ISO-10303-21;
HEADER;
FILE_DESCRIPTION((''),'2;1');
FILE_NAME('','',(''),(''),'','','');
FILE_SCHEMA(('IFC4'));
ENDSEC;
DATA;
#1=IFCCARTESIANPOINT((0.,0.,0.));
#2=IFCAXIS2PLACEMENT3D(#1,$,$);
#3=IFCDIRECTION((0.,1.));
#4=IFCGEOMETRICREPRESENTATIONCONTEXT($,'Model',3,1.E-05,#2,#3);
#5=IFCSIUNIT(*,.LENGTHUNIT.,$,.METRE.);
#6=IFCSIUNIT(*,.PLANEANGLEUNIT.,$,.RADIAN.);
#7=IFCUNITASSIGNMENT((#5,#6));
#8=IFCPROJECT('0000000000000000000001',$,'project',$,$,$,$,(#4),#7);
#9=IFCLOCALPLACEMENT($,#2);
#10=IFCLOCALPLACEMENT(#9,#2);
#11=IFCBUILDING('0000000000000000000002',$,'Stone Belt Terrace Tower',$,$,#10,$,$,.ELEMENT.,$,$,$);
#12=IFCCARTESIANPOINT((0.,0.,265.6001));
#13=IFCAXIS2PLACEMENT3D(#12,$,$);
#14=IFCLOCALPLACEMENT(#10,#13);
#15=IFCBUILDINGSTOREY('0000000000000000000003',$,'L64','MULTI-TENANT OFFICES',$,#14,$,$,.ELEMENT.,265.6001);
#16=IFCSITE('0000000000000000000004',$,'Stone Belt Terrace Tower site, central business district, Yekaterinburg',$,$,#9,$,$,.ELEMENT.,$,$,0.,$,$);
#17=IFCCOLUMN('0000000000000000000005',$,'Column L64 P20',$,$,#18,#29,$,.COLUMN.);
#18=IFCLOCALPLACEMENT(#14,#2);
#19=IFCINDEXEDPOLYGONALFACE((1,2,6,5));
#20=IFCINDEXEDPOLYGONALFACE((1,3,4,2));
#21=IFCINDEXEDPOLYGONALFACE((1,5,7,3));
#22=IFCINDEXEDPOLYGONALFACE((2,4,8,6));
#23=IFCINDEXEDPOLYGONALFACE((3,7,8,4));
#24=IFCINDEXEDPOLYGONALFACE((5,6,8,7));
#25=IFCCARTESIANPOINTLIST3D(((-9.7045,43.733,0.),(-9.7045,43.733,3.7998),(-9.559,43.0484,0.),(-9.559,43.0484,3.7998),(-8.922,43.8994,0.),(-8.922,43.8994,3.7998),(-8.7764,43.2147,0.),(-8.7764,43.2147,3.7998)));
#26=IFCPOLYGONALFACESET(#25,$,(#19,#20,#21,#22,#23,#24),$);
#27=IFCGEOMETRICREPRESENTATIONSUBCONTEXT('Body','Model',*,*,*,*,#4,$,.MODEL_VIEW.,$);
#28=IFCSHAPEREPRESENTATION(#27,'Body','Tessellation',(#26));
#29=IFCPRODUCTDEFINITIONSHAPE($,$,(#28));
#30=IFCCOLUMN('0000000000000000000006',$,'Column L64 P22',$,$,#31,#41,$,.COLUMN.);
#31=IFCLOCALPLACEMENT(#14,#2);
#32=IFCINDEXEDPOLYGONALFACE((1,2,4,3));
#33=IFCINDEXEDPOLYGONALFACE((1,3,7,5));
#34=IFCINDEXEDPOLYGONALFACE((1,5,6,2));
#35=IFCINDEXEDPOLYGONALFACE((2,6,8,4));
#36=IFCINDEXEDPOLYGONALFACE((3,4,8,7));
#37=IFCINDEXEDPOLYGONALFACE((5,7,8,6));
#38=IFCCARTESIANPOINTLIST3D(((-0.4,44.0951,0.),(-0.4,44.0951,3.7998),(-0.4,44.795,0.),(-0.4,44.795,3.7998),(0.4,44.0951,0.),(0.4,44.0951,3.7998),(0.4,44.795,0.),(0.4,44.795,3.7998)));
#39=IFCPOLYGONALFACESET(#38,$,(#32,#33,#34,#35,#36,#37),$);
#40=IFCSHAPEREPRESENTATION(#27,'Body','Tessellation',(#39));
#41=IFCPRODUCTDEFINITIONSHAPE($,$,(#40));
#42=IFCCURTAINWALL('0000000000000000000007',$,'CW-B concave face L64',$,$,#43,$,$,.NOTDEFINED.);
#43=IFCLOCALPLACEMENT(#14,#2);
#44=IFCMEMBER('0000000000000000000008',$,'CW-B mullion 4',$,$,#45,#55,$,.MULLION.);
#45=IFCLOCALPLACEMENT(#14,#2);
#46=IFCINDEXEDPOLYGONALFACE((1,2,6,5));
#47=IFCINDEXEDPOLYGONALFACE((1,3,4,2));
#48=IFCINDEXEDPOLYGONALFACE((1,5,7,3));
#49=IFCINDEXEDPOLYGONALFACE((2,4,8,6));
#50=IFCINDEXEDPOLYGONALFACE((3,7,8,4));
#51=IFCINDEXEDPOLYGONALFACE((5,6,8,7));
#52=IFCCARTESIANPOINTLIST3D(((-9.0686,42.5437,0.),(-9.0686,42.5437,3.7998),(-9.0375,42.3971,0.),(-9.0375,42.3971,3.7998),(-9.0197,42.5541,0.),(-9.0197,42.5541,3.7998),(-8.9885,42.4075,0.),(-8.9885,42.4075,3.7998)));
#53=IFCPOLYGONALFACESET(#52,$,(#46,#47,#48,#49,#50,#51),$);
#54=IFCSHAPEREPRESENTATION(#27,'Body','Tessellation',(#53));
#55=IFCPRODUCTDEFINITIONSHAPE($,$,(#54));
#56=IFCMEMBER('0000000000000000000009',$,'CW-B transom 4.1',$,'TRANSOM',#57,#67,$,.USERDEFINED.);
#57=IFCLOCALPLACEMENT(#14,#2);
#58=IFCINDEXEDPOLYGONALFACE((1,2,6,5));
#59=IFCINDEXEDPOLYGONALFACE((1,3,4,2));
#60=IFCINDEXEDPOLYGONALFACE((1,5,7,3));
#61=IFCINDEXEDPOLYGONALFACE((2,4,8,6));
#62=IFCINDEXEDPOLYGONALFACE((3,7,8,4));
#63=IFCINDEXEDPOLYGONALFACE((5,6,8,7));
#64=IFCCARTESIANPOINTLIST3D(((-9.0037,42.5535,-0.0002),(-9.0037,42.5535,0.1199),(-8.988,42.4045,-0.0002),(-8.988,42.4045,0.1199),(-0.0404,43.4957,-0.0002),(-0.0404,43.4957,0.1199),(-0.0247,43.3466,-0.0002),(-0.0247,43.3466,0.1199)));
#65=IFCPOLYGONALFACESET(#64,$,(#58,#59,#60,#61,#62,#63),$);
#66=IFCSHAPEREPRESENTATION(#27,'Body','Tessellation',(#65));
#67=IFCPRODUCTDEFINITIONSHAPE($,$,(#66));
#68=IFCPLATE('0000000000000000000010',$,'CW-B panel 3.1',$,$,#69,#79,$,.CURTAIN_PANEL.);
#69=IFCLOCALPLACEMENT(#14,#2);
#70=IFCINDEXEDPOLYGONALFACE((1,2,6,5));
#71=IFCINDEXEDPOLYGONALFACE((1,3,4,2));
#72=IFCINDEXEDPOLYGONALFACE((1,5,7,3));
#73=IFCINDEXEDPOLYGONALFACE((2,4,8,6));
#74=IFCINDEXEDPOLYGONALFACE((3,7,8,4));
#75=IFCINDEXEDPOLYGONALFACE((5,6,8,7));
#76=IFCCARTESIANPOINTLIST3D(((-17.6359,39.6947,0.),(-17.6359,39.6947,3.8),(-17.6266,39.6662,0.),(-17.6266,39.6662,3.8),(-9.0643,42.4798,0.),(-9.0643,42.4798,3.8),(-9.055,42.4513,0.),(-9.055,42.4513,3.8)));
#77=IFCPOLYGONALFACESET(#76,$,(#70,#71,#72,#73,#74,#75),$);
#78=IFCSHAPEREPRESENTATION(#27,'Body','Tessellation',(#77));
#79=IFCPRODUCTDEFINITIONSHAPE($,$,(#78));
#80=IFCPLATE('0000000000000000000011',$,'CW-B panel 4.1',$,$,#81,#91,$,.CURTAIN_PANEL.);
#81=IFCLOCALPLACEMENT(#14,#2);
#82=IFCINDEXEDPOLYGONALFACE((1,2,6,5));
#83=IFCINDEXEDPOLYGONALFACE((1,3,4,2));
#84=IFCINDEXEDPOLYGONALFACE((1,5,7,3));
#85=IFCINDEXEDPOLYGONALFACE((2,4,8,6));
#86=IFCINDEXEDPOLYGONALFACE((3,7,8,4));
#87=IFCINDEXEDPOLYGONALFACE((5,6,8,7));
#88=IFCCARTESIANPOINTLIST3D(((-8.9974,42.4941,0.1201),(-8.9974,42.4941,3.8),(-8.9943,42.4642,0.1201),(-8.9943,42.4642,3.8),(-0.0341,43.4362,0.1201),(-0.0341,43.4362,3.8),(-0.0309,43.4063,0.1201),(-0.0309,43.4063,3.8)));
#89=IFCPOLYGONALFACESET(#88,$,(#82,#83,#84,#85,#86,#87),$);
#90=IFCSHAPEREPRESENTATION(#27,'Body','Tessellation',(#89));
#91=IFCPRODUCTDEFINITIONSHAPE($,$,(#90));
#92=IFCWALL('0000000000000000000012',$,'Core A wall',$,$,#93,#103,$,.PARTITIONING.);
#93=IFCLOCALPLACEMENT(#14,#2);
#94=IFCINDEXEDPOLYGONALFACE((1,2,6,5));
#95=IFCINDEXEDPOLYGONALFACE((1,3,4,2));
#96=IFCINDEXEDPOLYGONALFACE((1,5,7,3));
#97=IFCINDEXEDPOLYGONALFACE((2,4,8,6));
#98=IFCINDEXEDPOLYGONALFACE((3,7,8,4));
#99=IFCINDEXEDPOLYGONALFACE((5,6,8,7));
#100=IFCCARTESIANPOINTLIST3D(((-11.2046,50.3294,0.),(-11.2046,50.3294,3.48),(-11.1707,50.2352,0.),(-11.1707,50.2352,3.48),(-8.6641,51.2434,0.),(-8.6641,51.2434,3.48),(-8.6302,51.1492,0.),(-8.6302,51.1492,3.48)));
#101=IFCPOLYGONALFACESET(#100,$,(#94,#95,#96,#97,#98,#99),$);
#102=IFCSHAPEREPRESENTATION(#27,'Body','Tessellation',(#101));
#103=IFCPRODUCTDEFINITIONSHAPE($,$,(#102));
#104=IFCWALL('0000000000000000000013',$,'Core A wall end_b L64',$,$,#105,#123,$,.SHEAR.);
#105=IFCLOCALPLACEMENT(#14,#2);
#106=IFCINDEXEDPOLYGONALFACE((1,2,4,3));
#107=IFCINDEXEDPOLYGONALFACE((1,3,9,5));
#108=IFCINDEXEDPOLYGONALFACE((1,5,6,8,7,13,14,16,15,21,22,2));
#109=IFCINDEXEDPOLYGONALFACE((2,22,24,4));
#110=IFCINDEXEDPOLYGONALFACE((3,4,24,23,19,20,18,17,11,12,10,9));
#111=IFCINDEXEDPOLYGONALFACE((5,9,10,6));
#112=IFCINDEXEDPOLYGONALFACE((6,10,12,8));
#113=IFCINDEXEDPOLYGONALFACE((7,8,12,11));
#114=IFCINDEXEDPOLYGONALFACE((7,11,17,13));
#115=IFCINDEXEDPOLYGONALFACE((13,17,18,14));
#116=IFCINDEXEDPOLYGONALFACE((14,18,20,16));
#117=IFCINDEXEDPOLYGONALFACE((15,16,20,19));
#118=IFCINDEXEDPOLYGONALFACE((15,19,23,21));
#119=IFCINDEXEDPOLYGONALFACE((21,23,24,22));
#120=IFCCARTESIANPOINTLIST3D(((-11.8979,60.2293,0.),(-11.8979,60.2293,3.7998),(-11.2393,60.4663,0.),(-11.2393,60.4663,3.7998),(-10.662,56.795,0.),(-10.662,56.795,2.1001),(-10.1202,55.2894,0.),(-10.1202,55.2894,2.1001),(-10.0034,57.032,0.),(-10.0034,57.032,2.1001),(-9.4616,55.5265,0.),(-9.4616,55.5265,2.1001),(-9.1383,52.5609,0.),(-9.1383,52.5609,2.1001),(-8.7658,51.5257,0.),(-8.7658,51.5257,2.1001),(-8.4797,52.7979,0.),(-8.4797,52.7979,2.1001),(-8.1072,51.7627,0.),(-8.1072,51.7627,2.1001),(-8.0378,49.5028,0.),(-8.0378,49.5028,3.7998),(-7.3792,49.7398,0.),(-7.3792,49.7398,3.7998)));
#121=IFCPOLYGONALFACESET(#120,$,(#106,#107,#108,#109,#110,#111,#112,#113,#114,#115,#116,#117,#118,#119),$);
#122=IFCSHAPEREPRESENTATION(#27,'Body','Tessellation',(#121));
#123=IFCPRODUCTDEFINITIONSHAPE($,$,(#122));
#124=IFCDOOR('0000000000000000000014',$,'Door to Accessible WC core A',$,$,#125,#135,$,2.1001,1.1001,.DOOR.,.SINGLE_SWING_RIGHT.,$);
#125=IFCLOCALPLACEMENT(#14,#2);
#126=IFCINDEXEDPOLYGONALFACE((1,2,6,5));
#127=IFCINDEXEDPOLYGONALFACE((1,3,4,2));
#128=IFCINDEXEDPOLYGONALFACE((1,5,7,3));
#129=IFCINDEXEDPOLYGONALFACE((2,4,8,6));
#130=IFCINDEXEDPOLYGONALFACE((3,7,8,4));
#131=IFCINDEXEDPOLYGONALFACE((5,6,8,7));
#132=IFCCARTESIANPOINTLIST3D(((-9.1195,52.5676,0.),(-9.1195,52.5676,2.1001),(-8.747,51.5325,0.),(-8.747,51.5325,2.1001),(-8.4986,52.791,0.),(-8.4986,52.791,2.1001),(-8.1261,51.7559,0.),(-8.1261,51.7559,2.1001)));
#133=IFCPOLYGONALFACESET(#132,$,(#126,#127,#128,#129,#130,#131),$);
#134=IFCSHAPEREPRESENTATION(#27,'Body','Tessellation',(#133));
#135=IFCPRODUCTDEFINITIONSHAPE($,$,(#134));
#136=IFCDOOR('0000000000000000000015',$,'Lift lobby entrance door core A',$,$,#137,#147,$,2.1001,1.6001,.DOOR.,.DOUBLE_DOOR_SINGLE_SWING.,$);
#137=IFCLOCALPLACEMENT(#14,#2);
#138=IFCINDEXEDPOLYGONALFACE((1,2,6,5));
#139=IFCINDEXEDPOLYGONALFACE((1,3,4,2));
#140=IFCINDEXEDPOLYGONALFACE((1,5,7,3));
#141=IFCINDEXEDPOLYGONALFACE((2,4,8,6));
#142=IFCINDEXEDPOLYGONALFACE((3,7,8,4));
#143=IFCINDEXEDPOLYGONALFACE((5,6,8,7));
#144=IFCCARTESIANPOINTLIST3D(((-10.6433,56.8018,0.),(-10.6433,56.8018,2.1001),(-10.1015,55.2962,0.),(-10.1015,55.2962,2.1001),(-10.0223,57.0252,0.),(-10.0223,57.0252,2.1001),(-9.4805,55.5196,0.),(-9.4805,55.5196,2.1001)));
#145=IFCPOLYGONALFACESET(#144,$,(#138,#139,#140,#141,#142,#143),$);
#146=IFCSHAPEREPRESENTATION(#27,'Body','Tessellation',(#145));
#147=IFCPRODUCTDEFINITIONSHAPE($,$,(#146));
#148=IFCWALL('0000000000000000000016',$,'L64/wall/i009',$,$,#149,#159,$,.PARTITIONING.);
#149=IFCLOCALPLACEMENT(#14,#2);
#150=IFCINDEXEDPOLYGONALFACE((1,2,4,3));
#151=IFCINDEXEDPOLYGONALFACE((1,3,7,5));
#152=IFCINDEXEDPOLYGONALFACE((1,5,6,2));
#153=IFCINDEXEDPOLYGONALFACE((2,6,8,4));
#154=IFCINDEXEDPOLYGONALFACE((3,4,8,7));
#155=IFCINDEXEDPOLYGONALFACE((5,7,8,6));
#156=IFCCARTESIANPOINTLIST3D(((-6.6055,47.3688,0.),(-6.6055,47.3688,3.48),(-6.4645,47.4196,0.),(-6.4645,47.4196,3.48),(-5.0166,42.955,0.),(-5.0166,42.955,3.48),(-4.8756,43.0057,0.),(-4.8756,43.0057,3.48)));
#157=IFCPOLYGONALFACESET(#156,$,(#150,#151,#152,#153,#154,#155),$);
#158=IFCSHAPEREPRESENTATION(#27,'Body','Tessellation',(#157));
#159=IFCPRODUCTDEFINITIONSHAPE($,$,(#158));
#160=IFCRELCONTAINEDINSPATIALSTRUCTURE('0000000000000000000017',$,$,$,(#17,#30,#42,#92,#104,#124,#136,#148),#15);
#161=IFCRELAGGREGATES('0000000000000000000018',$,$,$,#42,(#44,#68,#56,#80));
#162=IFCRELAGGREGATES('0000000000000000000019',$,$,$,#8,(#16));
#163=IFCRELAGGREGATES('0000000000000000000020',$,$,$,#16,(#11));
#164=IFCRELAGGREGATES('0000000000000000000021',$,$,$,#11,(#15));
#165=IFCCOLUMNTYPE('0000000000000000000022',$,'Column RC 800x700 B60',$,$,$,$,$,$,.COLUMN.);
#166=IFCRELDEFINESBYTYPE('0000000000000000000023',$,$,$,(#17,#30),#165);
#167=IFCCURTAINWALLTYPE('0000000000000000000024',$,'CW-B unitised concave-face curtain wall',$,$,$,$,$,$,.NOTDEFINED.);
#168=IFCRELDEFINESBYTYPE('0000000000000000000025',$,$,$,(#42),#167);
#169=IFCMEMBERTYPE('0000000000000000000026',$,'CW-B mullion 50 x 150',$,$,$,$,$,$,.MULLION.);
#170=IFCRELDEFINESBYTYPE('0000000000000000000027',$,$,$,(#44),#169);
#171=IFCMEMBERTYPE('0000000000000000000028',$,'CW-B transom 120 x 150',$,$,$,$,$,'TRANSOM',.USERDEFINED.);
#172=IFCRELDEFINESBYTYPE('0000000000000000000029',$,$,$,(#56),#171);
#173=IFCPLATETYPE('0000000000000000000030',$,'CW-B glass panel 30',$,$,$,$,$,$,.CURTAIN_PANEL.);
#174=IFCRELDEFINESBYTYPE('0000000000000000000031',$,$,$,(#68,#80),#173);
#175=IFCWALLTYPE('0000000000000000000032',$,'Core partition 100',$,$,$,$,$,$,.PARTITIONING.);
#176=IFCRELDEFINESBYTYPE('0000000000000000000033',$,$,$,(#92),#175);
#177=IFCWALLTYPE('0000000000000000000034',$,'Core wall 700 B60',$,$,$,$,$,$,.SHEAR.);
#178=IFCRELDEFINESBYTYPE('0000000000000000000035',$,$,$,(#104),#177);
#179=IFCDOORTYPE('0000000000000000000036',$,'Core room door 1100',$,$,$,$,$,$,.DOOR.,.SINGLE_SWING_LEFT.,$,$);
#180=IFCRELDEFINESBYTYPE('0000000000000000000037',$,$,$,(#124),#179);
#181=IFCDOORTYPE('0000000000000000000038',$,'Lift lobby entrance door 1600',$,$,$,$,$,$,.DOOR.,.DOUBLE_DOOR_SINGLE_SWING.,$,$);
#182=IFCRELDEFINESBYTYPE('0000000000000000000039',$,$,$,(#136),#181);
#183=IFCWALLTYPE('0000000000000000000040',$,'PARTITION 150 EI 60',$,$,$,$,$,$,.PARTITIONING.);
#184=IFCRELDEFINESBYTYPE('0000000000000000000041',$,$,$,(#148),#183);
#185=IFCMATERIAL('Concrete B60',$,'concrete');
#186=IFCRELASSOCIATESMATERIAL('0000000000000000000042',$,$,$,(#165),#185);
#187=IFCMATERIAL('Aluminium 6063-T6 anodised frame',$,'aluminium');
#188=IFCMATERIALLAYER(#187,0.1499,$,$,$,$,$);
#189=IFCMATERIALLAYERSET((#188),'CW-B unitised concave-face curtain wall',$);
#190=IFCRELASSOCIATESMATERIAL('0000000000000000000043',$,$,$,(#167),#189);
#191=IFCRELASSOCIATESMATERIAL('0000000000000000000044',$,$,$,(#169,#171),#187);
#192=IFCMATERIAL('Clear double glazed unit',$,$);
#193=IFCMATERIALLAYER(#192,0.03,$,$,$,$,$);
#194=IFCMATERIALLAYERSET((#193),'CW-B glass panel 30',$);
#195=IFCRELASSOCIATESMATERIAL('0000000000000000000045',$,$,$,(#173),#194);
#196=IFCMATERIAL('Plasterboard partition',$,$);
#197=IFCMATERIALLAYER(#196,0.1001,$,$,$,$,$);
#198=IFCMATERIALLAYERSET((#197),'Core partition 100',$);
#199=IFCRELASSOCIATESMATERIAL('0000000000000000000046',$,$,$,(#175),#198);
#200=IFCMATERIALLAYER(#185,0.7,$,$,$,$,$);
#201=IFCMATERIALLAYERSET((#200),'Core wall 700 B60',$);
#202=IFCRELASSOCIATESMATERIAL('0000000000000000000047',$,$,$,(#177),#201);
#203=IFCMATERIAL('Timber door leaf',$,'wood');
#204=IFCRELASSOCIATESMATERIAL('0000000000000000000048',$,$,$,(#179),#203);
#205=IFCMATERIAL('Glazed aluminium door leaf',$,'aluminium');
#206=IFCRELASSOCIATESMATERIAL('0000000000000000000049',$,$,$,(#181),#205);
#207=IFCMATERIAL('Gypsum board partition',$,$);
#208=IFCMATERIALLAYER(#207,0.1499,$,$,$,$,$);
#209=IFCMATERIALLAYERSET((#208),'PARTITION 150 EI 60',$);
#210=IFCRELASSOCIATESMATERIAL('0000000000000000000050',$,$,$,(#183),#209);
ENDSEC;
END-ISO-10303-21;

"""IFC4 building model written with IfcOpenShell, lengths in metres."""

from ifc_helpers import new_model, si_unit, direction, frame, frame_2d, origin, origin_2d, place, context, subcontext, project, spatial, rectangle, extrude, material, layer, layer_set, material_profile, profile_set, type_object, element, fill, aggregate, save


model = new_model("IFC4")

# Units and contexts
model_context = context("Model", 3, precision=1e-05, world=origin(), true_north=direction((0.0, 1.0)))
body_context = subcontext(model_context, "Body", "Model", "MODEL_VIEW")
ifc_project = project(units=[si_unit("LENGTHUNIT", "METRE"), si_unit("PLANEANGLEUNIT", "RADIAN")], contexts=[model_context])

# Site, building, storey
site_placement = place(None, origin())
site = spatial("IfcSite", under=ifc_project, at=site_placement, Name="Stone Belt Terrace Tower site, central business district, Yekaterinburg", CompositionType="ELEMENT", RefElevation=0.0)
building_placement = place(site_placement, origin())
building = spatial("IfcBuilding", under=site, at=building_placement, Name="Stone Belt Terrace Tower", CompositionType="ELEMENT")
storey_placement = place(building_placement, frame((0.0, 0.0, 265.6001)))
storey = spatial("IfcBuildingStorey", under=building, at=storey_placement, Name="L64", Description="MULTI-TENANT OFFICES", CompositionType="ELEMENT", Elevation=265.6001)

# Columns
ifc_material_1 = material(Name="Concrete B60", Category="concrete")
ifc_material_profile_1 = material_profile(ifc_material_1, rectangle(XDim=0.8, YDim=0.7, at=origin_2d()), Name="RC 800x700")
ifc_profile_set_1 = profile_set([ifc_material_profile_1], Name="Concrete B60")
column_type = type_object("IfcColumnType", Name="Column RC 800x700 B60", PredefinedType="COLUMN", material=ifc_profile_set_1)
for number, where, z_axis, x_axis, name in (
    (1, (-9.2405, 43.4739, 0.0), (0.0, 0.0, 1.0), (0.978148, 0.207912, 0.0), "Column L64 P20"),
    (2, (0.0, 44.4451, 0.0), (0.0, 0.0, 1.0), (1.0, 0.0, 0.0), "Column L64 P22"),
):
    element("IfcColumn", number, at=place(storey_placement, frame(where, z_axis=z_axis, x_axis=x_axis)), inside=storey, type_object=column_type, Name=name, PredefinedType="COLUMN", context=body_context, shape_type="SweptSolid", body=[
        extrude(rectangle(XDim=0.8, YDim=0.7, at=origin_2d()), origin(), (0.0, 0.0, 1.0), 3.7998),
    ])

# Curtain wall, members, plates
ifc_material_2 = material(Name="Aluminium 6063-T6 anodised frame", Category="aluminium")
ifc_layer_1 = layer(ifc_material_2, 0.1499)
ifc_layer_set_1 = layer_set([ifc_layer_1], Name="CW-B unitised concave-face curtain wall")
curtain_wall_type = type_object("IfcCurtainWallType", Name="CW-B unitised concave-face curtain wall", PredefinedType="NOTDEFINED", material=ifc_layer_set_1)
curtain_wall_placement = place(storey_placement, origin())
curtain_wall = element("IfcCurtainWall", 3, at=curtain_wall_placement, inside=storey, type_object=curtain_wall_type, Name="CW-B concave face L64", PredefinedType="NOTDEFINED")
ifc_material_profile_2 = material_profile(ifc_material_2, rectangle(XDim=0.1499, YDim=0.05, at=origin_2d()), Name="Aluminium 6063-T6 50x150")
ifc_profile_set_2 = profile_set([ifc_material_profile_2], Name="Aluminium 6063-T6 anodised frame")
member_type_1 = type_object("IfcMemberType", Name="CW-B mullion 50 x 150", PredefinedType="MULLION", material=ifc_profile_set_2)
member_1_placement = place(storey_placement, frame((-9.0286, 42.4756, 0.0), z_axis=(0.0, 0.0, 1.0), x_axis=(-0.207912, 0.978148, 0.0)))
member_1 = element("IfcMember", 4, at=member_1_placement, type_object=member_type_1, Name="CW-B mullion 4", PredefinedType="MULLION", context=body_context, shape_type="SweptSolid", body=[
    extrude(rectangle(XDim=0.1499, YDim=0.05, at=origin_2d()), origin(), (0.0, 0.0, 1.0), 3.7998),
])
ifc_material_profile_3 = material_profile(ifc_material_2, rectangle(XDim=0.1499, YDim=0.1201, at=origin_2d()), Name="Aluminium 6063-T6 150x120")
ifc_profile_set_3 = profile_set([ifc_material_profile_3], Name="Aluminium 6063-T6 anodised frame")
member_type_2 = type_object("IfcMemberType", Name="CW-B transom 120 x 150", ElementType="TRANSOM", PredefinedType="USERDEFINED", material=ifc_profile_set_3)
member_2_placement = place(storey_placement, frame((-8.9958, 42.479, 0.0598), z_axis=(0.994521, 0.104534, 0.0), x_axis=(-0.104534, 0.994521, 0.0)))
member_2 = element("IfcMember", 5, at=member_2_placement, type_object=member_type_2, Name="CW-B transom 4.1", ObjectType="TRANSOM", PredefinedType="USERDEFINED", context=body_context, shape_type="SweptSolid", body=[
    extrude(rectangle(XDim=0.1499, YDim=0.1201, at=origin_2d()), origin(), (0.0, 0.0, 1.0), 9.0127),
])
ifc_material_3 = material(Name="Clear double glazed unit")
ifc_layer_2 = layer(ifc_material_3, 0.03)
ifc_layer_set_2 = layer_set([ifc_layer_2], Name="CW-B glass panel 30")
plate_type = type_object("IfcPlateType", Name="CW-B glass panel 30", PredefinedType="CURTAIN_PANEL", material=ifc_layer_set_2)
plate_1_placement = place(storey_placement, frame((-13.3455, 41.073, 0.0), z_axis=(0.0, 0.0, 1.0), x_axis=(0.951057, 0.309017, 0.0)))
plate_1 = element("IfcPlate", 6, at=plate_1_placement, type_object=plate_type, Name="CW-B panel 3.1", PredefinedType="CURTAIN_PANEL", context=body_context, shape_type="SweptSolid", body=[
    extrude(rectangle(XDim=9.0127, YDim=0.03, at=origin_2d()), origin(), (0.0, 0.0, 1.0), 3.8),
])
plate_2_placement = place(storey_placement, frame((-4.5142, 42.9502, 0.1201), z_axis=(0.0, 0.0, 1.0), x_axis=(0.994522, 0.104528, 0.0)))
plate_2 = element("IfcPlate", 7, at=plate_2_placement, type_object=plate_type, Name="CW-B panel 4.1", PredefinedType="CURTAIN_PANEL", context=body_context, shape_type="SweptSolid", body=[
    extrude(rectangle(XDim=9.0127, YDim=0.03, at=origin_2d()), origin(), (0.0, 0.0, 1.0), 3.6799),
])
aggregate(curtain_wall, [member_1, plate_1, member_2, plate_2])

# Wall
ifc_material_4 = material(Name="Plasterboard partition")
ifc_layer_3 = layer(ifc_material_4, 0.1001)
ifc_layer_set_3 = layer_set([ifc_layer_3], Name="Core partition 100")
wall_type_1 = type_object("IfcWallType", Name="Core partition 100", PredefinedType="PARTITIONING", material=ifc_layer_set_3)
wall_1_placement = place(storey_placement, frame((-11.1877, 50.2822, 0.0), z_axis=(0.0, 0.0, 1.0), x_axis=(0.94095, 0.338547, 0.0)))
element("IfcWall", 8, at=wall_1_placement, inside=storey, type_object=wall_type_1, Name="Core A wall", PredefinedType="PARTITIONING", context=body_context, shape_type="SweptSolid", body=[
    extrude(rectangle(XDim=2.7, YDim=0.1001, at=frame_2d((1.3501, 0.0))), origin(), (0.0, 0.0, 1.0), 3.48),
])

# Wall, openings, doors
ifc_layer_4 = layer(ifc_material_1, 0.7)
ifc_layer_set_4 = layer_set([ifc_layer_4], Name="Core wall 700 B60")
wall_type_2 = type_object("IfcWallType", Name="Core wall 700 B60", PredefinedType="SHEAR", material=ifc_layer_set_4)
wall_2_placement = place(storey_placement, frame((-7.7085, 49.6213, 0.0), z_axis=(0.0, 0.0, 1.0), x_axis=(-0.338606, 0.940928, 0.0)))
wall_2 = element("IfcWall", 9, at=wall_2_placement, inside=storey, type_object=wall_type_2, Name="Core A wall end_b L64", PredefinedType="SHEAR", context=body_context, shape_type="SweptSolid", body=[
    extrude(rectangle(XDim=11.3999, YDim=0.7, at=frame_2d((5.7, 0.0))), origin(), (0.0, 0.0, 1.0), 3.7998),
])
opening_1_placement = place(wall_2_placement, frame((6.1499, 0.0, 0.0)))
opening_1 = element("IfcOpeningElement", 10, at=opening_1_placement, cuts=wall_2, PredefinedType="OPENING", context=body_context, shape_type="SweptSolid", body=[
    extrude(rectangle(XDim=1.6001, YDim=2.1001, at=frame_2d((0.8, 1.05))), frame((0.0, 0.3599, 0.0), z_axis=(0.0, -1.0, 0.0), x_axis=(1.0, 0.0, 0.0)), (0.0, 0.0, 1.0), 0.72),
])
opening_2_placement = place(wall_2_placement, frame((2.1499, 0.0, 0.0)))
opening_2 = element("IfcOpeningElement", 11, at=opening_2_placement, cuts=wall_2, PredefinedType="OPENING", context=body_context, shape_type="SweptSolid", body=[
    extrude(rectangle(XDim=1.1001, YDim=2.1001, at=frame_2d((0.55, 1.05))), frame((0.0, 0.3599, 0.0), z_axis=(0.0, -1.0, 0.0), x_axis=(1.0, 0.0, 0.0)), (0.0, 0.0, 1.0), 0.72),
])
ifc_material_5 = material(Name="Timber door leaf", Category="wood")
door_type_1 = type_object("IfcDoorType", Name="Core room door 1100", OperationType="SINGLE_SWING_LEFT", PredefinedType="DOOR", material=ifc_material_5)
door_1_placement = place(opening_2_placement, origin())
door_1 = element("IfcDoor", 12, at=door_1_placement, inside=storey, type_object=door_type_1, Name="Door to Accessible WC core A", OperationType="SINGLE_SWING_RIGHT", OverallHeight=2.1001, OverallWidth=1.1001, PredefinedType="DOOR", context=body_context, shape_type="SweptSolid", body=[
    extrude(rectangle(XDim=1.1001, YDim=2.1001, at=frame_2d((0.55, 1.05))), frame((0.0, 0.3301, 0.0), z_axis=(0.0, -1.0, 0.0), x_axis=(1.0, 0.0, 0.0)), (0.0, 0.0, 1.0), 0.6599),
])
fill(opening_2, door_1)
ifc_material_6 = material(Name="Glazed aluminium door leaf", Category="aluminium")
door_type_2 = type_object("IfcDoorType", Name="Lift lobby entrance door 1600", OperationType="DOUBLE_DOOR_SINGLE_SWING", PredefinedType="DOOR", material=ifc_material_6)
door_2_placement = place(opening_1_placement, origin())
door_2 = element("IfcDoor", 13, at=door_2_placement, inside=storey, type_object=door_type_2, Name="Lift lobby entrance door core A", OperationType="DOUBLE_DOOR_SINGLE_SWING", OverallHeight=2.1001, OverallWidth=1.6001, PredefinedType="DOOR", context=body_context, shape_type="SweptSolid", body=[
    extrude(rectangle(XDim=1.6001, YDim=2.1001, at=frame_2d((0.8, 1.05))), frame((0.0, 0.3301, 0.0), z_axis=(0.0, -1.0, 0.0), x_axis=(1.0, 0.0, 0.0)), (0.0, 0.0, 1.0), 0.6599),
])
fill(opening_1, door_2)

# Wall
ifc_material_7 = material(Name="Gypsum board partition")
ifc_layer_5 = layer(ifc_material_7, 0.1499)
ifc_layer_set_5 = layer_set([ifc_layer_5], Name="PARTITION 150 EI 60")
wall_type_3 = type_object("IfcWallType", Name="PARTITION 150 EI 60", PredefinedType="PARTITIONING", material=ifc_layer_set_5)
wall_3_placement = place(storey_placement, frame((-4.946, 42.9802, 0.0), z_axis=(0.0, 0.0, 1.0), x_axis=(-0.338699, 0.940895, 0.0)))
element("IfcWall", 14, at=wall_3_placement, inside=storey, type_object=wall_type_3, Name="L64/wall/i009", PredefinedType="PARTITIONING", context=body_context, shape_type="SweptSolid", body=[
    extrude(rectangle(XDim=4.6912, YDim=0.1499, at=frame_2d((2.3457, 0.0))), origin(), (0.0, 0.0, 1.0), 3.48),
])

save(model, "model.ifc")
